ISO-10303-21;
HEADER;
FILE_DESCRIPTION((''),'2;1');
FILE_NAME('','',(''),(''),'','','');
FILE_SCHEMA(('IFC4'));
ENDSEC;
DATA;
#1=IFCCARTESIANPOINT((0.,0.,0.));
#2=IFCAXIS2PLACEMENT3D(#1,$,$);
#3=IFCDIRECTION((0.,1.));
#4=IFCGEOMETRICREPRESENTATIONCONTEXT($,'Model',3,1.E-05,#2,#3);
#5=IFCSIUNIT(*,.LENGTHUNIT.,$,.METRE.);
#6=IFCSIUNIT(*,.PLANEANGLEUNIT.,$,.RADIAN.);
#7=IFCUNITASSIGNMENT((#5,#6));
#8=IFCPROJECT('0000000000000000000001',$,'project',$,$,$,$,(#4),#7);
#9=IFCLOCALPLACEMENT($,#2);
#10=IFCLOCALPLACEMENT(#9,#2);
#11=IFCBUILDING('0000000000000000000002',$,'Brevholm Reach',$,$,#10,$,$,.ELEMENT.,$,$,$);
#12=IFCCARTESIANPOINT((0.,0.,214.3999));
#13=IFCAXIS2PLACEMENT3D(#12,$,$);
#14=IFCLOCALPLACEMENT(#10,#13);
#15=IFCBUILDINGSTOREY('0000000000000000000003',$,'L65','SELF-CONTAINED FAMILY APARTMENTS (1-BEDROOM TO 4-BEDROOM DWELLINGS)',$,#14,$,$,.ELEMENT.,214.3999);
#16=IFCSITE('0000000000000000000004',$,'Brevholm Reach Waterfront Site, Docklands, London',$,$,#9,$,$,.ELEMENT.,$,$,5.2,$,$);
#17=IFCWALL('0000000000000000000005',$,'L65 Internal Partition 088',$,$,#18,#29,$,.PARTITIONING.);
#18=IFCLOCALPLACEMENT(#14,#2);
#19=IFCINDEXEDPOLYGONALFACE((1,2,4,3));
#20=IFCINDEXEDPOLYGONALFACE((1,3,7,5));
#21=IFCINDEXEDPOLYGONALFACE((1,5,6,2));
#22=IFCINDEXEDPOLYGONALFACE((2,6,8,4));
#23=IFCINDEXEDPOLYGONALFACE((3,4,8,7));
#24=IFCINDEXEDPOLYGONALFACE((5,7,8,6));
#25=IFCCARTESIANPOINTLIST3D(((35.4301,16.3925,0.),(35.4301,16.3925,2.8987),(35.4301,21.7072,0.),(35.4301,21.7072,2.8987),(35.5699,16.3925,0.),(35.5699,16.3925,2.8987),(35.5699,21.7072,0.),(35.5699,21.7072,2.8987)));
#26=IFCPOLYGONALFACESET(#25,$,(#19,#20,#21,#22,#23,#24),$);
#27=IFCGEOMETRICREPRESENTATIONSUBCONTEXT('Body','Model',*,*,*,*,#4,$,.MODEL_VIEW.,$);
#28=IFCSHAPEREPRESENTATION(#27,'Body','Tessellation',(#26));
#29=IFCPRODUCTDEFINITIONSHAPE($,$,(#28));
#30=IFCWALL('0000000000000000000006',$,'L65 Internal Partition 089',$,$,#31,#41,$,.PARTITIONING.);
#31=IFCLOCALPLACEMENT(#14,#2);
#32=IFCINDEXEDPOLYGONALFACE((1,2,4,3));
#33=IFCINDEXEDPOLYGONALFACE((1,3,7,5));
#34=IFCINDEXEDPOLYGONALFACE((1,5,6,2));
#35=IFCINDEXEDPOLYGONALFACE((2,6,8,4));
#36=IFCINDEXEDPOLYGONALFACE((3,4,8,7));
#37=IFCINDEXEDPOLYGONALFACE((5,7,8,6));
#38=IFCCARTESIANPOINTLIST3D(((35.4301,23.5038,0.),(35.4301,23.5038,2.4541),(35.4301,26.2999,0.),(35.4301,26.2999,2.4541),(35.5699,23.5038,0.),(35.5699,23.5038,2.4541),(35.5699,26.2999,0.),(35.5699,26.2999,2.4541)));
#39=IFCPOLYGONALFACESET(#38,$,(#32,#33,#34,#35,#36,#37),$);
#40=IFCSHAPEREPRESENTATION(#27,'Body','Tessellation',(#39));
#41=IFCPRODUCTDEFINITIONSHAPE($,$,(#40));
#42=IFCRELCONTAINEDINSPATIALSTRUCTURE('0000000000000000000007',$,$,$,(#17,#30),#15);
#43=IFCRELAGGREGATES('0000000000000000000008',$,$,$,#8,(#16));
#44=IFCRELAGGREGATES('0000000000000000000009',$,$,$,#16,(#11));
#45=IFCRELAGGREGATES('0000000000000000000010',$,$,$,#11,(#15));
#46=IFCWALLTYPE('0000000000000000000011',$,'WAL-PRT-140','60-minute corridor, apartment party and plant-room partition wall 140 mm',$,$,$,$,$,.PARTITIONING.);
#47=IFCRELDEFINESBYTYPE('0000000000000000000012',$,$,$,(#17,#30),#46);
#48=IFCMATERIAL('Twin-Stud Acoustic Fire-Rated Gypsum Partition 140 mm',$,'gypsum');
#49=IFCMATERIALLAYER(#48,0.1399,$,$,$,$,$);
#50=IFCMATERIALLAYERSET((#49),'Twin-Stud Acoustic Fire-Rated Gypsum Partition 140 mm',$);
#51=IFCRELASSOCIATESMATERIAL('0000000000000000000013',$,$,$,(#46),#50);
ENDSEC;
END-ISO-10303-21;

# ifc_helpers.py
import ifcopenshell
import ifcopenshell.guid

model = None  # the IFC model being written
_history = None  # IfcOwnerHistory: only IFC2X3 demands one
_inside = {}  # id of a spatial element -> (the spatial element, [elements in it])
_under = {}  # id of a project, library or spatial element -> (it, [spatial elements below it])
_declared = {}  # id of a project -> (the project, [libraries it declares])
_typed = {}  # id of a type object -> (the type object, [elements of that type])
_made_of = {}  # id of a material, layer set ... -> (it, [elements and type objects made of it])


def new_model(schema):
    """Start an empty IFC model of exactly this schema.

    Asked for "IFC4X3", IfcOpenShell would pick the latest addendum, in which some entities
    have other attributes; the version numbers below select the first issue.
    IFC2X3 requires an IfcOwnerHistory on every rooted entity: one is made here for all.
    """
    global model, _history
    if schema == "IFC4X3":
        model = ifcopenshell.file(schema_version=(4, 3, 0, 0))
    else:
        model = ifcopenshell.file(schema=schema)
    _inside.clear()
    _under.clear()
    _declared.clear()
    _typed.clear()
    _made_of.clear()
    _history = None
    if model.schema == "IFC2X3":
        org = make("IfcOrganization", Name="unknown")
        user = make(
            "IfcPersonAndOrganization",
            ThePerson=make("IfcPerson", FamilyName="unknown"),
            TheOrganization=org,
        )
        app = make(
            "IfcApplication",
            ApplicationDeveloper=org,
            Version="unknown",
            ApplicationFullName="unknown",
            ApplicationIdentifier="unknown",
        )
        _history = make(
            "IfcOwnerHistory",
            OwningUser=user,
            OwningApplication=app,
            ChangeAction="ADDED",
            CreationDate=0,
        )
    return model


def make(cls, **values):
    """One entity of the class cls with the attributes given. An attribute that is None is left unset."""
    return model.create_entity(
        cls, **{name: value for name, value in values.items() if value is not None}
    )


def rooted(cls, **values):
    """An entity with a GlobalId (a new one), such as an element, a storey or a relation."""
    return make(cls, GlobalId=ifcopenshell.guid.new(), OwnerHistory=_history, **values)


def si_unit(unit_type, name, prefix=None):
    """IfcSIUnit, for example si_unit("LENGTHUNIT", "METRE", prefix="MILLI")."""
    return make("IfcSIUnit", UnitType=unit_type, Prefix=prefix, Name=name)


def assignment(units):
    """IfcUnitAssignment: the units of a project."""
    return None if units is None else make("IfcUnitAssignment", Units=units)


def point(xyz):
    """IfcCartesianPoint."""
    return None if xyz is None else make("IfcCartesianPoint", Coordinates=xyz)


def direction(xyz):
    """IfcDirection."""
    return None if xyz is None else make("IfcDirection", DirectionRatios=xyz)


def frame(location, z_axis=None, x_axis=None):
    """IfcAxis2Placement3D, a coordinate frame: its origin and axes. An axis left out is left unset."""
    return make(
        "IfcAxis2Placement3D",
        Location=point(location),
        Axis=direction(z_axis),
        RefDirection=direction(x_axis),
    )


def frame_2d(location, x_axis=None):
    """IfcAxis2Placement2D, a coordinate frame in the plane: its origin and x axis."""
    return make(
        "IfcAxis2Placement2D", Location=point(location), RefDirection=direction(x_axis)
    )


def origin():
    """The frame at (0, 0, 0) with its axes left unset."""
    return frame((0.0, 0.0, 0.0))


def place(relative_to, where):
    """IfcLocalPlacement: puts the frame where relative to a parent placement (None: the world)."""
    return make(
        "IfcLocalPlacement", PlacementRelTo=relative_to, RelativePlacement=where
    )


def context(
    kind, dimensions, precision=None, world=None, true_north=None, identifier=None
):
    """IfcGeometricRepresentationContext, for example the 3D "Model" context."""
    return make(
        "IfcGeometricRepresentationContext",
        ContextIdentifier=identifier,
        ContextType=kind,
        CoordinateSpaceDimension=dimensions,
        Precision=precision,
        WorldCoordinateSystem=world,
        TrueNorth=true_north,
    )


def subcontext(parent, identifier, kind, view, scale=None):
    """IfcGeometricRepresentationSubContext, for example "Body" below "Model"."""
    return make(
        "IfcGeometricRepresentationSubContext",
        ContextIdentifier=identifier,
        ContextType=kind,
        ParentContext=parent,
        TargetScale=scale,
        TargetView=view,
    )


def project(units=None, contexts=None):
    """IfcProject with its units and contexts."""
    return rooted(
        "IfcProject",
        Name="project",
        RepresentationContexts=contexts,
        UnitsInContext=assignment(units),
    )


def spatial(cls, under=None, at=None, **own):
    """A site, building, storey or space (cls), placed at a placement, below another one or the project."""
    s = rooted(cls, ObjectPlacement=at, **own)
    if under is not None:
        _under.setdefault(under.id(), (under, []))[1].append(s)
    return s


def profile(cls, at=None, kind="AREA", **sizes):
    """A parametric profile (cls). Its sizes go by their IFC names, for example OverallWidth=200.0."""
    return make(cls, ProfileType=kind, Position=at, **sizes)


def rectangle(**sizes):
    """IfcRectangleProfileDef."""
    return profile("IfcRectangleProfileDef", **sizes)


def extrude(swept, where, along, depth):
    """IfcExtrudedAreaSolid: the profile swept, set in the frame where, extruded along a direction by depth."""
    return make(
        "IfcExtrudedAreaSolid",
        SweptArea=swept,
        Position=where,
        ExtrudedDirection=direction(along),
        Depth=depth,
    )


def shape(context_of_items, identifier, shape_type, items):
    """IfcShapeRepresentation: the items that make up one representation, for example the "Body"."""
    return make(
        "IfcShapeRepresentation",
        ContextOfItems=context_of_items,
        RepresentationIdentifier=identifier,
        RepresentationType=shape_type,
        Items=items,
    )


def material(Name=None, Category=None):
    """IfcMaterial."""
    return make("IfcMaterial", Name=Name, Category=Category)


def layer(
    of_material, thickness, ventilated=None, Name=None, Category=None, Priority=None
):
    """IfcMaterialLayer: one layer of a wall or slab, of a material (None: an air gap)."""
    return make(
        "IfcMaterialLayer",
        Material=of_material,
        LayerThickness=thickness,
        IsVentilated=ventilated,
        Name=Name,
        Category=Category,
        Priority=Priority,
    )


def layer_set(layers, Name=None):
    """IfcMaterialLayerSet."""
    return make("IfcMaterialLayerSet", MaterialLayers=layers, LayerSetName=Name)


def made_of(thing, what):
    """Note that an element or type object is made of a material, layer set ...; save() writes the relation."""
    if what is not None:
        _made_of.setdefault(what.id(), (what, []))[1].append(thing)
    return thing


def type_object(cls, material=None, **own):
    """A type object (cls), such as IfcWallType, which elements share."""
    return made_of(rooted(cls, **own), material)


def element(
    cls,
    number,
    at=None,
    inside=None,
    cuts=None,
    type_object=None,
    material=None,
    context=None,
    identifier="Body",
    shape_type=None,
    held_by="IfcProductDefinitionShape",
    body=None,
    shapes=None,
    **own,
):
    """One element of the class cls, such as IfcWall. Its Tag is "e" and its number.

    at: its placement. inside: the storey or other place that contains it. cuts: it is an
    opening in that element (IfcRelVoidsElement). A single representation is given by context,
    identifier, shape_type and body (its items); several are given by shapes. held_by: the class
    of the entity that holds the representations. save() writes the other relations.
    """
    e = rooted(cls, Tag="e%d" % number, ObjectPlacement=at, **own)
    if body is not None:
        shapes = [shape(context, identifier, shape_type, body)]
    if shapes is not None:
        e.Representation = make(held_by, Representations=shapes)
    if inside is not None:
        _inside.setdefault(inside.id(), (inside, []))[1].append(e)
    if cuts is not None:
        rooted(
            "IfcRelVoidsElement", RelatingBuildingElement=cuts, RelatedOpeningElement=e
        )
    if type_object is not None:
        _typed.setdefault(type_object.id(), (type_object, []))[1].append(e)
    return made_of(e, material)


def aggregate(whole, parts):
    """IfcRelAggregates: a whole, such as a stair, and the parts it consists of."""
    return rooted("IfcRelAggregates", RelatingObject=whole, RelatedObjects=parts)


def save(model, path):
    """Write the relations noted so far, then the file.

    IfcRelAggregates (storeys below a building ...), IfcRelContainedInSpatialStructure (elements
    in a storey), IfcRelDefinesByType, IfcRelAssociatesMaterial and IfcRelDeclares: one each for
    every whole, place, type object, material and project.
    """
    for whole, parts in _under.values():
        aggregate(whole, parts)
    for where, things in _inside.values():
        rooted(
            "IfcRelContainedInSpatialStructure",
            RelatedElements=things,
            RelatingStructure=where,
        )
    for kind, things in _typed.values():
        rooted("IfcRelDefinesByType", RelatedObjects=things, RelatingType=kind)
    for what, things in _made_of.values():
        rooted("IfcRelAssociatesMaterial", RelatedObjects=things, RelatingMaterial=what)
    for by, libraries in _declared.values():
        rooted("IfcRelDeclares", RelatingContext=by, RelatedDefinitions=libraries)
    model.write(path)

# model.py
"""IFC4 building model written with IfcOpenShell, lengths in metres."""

from ifc_helpers import new_model, si_unit, direction, frame, frame_2d, origin, place, context, subcontext, project, spatial, rectangle, extrude, material, layer, layer_set, type_object, element, save


model = new_model("IFC4")

# Units and contexts
model_context = context("Model", 3, precision=1e-05, world=origin(), true_north=direction((0.0, 1.0)))
body_context = subcontext(model_context, "Body", "Model", "MODEL_VIEW")
ifc_project = project(units=[si_unit("LENGTHUNIT", "METRE"), si_unit("PLANEANGLEUNIT", "RADIAN")], contexts=[model_context])

# Site, building, storey
site_placement = place(None, origin())
site = spatial("IfcSite", under=ifc_project, at=site_placement, Name="Brevholm Reach Waterfront Site, Docklands, London", CompositionType="ELEMENT", RefElevation=5.2)
building_placement = place(site_placement, origin())
building = spatial("IfcBuilding", under=site, at=building_placement, Name="Brevholm Reach", CompositionType="ELEMENT")
storey_placement = place(building_placement, frame((0.0, 0.0, 214.3999)))
storey = spatial("IfcBuildingStorey", under=building, at=storey_placement, Name="L65", Description="SELF-CONTAINED FAMILY APARTMENTS (1-BEDROOM TO 4-BEDROOM DWELLINGS)", CompositionType="ELEMENT", Elevation=214.3999)

# Walls
ifc_material_1 = material(Name="Twin-Stud Acoustic Fire-Rated Gypsum Partition 140 mm", Category="gypsum")
ifc_layer_1 = layer(ifc_material_1, 0.1399)
ifc_layer_set_1 = layer_set([ifc_layer_1], Name="Twin-Stud Acoustic Fire-Rated Gypsum Partition 140 mm")
wall_type_1 = type_object("IfcWallType", Name="WAL-PRT-140", Description="60-minute corridor, apartment party and plant-room partition wall 140 mm", PredefinedType="PARTITIONING", material=ifc_layer_set_1)
wall_1_placement = place(storey_placement, frame((35.5, 16.3926, 0.0), z_axis=(0.0, 0.0, 1.0), x_axis=(0.0, 1.0, 0.0)))
element("IfcWall", 1, at=wall_1_placement, inside=storey, type_object=wall_type_1, Name="L65 Internal Partition 088", PredefinedType="PARTITIONING", context=body_context, shape_type="SweptSolid", body=[
    extrude(rectangle(XDim=5.3147, YDim=0.1399, at=frame_2d((2.6572, 0.0))), origin(), (0.0, 0.0, 1.0), 2.8987),
])
wall_2_placement = place(storey_placement, frame((35.5, 23.5039, 0.0), z_axis=(0.0, 0.0, 1.0), x_axis=(0.0, 1.0, 0.0)))
element("IfcWall", 2, at=wall_2_placement, inside=storey, type_object=wall_type_1, Name="L65 Internal Partition 089", PredefinedType="PARTITIONING", context=body_context, shape_type="SweptSolid", body=[
    extrude(rectangle(XDim=2.7961, YDim=0.1399, at=frame_2d((1.3979, 0.0))), origin(), (0.0, 0.0, 1.0), 2.4541),
])

save(model, "model.ifc")
